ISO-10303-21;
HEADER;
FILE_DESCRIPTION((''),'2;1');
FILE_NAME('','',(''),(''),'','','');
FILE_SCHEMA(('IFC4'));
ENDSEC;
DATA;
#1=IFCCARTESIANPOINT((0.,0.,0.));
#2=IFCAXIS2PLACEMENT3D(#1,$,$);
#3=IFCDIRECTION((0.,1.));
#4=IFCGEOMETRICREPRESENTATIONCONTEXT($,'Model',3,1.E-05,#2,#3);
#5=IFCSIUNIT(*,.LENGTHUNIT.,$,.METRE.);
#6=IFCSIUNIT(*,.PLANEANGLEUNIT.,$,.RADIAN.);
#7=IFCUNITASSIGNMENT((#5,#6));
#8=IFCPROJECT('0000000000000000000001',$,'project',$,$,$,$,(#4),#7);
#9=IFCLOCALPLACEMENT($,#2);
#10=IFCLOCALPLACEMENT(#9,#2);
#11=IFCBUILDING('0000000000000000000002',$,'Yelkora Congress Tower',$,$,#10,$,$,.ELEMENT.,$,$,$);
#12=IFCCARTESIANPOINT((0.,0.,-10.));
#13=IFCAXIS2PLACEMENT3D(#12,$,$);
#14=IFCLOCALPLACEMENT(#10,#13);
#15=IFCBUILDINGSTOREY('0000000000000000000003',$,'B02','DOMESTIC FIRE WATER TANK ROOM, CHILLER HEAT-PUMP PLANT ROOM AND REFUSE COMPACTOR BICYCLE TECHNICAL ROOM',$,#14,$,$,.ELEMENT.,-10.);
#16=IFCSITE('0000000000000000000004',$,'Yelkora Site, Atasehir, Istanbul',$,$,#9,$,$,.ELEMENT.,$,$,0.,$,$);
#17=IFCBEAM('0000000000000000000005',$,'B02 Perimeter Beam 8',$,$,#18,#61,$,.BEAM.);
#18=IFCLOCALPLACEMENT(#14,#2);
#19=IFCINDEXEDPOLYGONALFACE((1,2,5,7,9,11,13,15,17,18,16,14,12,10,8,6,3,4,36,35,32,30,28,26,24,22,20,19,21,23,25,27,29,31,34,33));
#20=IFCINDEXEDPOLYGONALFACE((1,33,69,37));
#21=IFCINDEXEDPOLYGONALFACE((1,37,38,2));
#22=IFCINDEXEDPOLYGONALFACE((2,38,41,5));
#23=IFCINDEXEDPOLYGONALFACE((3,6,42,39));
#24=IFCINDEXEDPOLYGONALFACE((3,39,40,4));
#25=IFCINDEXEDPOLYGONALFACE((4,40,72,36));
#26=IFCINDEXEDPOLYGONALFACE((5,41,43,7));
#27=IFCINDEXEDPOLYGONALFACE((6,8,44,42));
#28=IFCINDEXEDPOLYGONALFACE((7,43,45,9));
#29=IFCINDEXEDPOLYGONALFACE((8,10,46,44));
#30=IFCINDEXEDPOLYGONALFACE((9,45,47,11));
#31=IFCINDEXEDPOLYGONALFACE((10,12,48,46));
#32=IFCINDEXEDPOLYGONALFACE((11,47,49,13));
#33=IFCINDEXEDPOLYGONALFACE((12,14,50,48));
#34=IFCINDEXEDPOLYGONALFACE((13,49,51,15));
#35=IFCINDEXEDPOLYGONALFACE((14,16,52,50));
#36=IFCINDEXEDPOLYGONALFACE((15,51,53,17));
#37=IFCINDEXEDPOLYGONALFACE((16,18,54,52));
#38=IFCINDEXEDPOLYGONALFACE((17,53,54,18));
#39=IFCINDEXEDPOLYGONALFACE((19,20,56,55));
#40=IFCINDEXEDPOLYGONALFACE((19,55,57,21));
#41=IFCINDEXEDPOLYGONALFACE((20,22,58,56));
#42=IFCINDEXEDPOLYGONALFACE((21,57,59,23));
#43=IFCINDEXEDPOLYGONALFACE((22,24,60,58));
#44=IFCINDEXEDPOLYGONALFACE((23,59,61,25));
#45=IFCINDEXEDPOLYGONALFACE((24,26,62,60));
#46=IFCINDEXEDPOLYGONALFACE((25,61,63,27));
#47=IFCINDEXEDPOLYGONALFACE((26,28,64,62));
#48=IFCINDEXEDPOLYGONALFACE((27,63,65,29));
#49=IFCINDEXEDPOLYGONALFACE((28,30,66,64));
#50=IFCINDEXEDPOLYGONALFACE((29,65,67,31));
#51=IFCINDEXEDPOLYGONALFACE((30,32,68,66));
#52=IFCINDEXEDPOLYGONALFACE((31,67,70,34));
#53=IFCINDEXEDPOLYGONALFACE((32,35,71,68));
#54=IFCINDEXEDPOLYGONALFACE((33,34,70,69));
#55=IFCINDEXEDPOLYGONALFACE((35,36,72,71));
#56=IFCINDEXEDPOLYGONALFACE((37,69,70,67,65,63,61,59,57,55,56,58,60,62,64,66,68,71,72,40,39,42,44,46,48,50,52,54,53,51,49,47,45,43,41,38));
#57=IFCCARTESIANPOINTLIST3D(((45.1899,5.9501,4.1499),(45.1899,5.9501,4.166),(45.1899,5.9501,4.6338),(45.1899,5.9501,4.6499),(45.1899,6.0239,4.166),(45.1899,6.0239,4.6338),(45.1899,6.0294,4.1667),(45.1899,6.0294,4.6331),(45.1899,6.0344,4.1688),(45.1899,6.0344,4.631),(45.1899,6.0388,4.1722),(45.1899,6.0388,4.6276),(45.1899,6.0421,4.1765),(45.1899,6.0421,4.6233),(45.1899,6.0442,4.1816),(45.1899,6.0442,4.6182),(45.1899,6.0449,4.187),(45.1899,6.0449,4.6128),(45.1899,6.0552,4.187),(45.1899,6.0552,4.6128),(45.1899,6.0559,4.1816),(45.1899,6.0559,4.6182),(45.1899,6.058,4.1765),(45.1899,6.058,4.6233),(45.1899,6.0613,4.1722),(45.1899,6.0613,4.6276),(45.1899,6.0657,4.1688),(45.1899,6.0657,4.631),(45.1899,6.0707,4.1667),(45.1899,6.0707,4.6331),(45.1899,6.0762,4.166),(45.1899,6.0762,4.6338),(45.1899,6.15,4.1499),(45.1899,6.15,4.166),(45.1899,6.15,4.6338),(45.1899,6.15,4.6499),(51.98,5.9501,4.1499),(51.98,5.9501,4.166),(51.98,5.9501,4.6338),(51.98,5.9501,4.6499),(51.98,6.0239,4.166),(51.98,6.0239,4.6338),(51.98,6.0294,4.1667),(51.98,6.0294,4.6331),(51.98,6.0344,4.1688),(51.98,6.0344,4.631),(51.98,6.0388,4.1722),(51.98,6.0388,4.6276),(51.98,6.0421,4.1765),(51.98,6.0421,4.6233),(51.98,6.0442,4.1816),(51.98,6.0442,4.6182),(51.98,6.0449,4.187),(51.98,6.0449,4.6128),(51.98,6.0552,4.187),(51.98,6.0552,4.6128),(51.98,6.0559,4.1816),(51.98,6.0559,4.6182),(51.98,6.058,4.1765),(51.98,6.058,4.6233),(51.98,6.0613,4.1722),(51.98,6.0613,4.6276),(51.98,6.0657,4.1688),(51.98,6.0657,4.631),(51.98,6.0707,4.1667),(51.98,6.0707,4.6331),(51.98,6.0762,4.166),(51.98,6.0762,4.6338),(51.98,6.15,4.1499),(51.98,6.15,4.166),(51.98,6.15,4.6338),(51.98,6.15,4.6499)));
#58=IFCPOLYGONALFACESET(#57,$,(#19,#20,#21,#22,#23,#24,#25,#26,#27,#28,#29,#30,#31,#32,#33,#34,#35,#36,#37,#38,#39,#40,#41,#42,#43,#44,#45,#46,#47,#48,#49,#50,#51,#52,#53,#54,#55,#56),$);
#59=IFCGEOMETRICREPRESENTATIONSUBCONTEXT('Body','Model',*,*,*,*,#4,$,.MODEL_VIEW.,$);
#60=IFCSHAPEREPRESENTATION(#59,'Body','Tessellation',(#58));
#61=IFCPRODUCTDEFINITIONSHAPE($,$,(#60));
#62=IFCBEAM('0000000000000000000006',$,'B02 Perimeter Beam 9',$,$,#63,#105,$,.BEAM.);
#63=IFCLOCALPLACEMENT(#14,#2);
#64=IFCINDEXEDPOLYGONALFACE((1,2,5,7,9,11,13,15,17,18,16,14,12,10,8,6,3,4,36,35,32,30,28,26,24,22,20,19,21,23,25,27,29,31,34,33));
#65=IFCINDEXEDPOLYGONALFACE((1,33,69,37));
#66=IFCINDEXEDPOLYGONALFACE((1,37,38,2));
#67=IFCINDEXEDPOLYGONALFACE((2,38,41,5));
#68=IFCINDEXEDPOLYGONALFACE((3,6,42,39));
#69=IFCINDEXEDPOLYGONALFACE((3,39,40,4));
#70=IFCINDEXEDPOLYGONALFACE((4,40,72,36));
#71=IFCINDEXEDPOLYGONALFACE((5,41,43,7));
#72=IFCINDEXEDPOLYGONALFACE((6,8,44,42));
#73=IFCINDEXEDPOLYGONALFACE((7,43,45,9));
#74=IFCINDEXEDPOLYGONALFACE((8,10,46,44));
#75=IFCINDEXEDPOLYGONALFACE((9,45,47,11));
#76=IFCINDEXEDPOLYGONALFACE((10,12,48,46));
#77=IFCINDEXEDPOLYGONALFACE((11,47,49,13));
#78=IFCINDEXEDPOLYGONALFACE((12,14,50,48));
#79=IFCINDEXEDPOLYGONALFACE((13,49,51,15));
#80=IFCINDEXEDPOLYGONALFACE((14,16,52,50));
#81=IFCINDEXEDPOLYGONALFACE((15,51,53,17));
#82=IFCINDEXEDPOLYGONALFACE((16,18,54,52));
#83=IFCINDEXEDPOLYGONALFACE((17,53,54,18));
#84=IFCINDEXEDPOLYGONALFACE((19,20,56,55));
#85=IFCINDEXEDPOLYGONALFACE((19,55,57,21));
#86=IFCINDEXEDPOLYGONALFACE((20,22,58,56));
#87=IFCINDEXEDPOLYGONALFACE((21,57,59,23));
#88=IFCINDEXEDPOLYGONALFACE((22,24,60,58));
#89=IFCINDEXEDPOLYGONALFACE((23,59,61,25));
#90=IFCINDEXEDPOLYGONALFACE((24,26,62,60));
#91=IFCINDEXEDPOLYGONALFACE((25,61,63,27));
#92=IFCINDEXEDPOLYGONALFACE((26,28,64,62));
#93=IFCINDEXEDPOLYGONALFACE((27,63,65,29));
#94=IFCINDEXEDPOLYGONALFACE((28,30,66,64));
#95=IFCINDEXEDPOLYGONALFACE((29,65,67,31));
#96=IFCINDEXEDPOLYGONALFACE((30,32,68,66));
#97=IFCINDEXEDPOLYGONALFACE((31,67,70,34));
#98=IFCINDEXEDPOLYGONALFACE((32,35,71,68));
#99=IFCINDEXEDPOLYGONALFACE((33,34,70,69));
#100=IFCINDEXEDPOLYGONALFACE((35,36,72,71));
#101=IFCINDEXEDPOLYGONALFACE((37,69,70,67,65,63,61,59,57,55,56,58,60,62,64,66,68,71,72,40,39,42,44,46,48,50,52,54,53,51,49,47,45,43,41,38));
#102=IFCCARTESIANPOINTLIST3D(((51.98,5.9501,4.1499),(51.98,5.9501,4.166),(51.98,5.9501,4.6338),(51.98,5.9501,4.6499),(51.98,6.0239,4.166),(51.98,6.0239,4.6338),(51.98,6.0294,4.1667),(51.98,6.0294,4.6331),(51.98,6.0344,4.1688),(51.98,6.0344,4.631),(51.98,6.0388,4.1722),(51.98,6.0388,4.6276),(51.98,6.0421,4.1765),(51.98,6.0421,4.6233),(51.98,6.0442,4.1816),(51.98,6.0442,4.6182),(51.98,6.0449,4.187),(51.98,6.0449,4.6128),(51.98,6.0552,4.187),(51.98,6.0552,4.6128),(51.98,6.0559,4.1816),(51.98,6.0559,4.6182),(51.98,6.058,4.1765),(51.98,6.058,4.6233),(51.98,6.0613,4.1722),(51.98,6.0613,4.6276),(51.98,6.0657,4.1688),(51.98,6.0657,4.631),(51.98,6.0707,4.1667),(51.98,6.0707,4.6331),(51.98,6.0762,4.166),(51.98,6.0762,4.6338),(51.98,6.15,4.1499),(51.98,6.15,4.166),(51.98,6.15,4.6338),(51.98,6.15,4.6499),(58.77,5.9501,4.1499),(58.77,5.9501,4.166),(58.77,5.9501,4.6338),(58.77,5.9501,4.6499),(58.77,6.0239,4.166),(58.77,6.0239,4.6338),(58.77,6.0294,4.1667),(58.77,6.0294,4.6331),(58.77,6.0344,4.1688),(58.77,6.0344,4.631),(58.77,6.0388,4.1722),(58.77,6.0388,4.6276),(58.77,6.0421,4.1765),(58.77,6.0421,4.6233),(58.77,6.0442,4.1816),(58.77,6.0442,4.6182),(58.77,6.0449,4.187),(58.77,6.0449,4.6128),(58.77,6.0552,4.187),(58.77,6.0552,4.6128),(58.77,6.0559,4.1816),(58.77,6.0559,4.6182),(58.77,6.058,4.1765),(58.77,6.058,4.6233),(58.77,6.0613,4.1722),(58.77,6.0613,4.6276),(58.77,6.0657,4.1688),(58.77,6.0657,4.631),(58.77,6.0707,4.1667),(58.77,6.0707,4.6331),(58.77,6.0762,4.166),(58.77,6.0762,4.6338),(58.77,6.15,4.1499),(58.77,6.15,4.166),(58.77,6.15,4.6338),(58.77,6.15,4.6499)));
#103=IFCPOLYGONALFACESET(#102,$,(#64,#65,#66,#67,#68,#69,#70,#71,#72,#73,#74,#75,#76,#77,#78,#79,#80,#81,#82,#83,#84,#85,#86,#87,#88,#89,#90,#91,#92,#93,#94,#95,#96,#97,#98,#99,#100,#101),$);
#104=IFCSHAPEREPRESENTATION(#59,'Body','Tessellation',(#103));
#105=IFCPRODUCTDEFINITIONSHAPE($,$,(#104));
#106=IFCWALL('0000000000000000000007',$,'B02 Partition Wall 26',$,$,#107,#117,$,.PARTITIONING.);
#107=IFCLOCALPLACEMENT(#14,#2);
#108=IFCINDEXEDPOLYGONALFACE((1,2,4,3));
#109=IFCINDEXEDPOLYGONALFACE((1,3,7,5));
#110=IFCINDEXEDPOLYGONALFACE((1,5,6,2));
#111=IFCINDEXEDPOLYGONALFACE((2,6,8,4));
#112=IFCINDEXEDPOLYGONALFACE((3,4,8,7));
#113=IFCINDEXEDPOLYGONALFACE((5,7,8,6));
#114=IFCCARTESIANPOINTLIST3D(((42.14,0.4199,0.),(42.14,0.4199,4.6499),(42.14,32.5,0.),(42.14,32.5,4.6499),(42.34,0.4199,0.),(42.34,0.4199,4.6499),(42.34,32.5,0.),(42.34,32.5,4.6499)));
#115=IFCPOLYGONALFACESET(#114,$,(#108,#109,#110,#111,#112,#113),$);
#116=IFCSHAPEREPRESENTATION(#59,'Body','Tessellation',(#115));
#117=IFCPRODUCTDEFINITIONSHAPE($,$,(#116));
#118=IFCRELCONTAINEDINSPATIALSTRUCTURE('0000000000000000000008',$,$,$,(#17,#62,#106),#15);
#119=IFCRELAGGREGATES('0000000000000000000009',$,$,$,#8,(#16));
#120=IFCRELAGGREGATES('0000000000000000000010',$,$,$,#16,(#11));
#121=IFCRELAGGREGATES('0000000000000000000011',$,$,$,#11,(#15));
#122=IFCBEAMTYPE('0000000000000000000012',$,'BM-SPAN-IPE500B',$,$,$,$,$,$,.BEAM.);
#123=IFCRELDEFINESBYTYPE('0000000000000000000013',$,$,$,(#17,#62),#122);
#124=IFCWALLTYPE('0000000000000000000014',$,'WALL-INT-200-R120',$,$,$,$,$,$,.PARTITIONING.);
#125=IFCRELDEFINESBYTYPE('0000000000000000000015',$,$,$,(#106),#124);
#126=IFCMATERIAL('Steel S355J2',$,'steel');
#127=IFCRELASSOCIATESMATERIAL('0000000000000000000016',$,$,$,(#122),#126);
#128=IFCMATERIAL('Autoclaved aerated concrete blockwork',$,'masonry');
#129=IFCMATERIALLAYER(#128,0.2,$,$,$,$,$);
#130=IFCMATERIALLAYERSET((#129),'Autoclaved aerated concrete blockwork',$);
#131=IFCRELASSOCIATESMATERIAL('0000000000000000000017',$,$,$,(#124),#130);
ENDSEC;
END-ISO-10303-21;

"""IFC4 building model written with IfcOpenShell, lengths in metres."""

from ifc_helpers import new_model, si_unit, direction, frame, frame_2d, origin, origin_2d, place, context, subcontext, project, spatial, rectangle, i_section, extrude, material, layer, layer_set, material_profile, profile_set, type_object, element, save


model = new_model("IFC4")

# Units and contexts
model_context = context("Model", 3, precision=1e-05, world=origin(), true_north=direction((0.0, 1.0)))
body_context = subcontext(model_context, "Body", "Model", "MODEL_VIEW")
ifc_project = project(units=[si_unit("LENGTHUNIT", "METRE"), si_unit("PLANEANGLEUNIT", "RADIAN")], contexts=[model_context])

# Site, building, storey
site_placement = place(None, origin())
site = spatial("IfcSite", under=ifc_project, at=site_placement, Name="Yelkora Site, Atasehir, Istanbul", CompositionType="ELEMENT", RefElevation=0.0)
building_placement = place(site_placement, origin())
building = spatial("IfcBuilding", under=site, at=building_placement, Name="Yelkora Congress Tower", CompositionType="ELEMENT")
storey_placement = place(building_placement, frame((0.0, 0.0, -10.0)))
storey = spatial("IfcBuildingStorey", under=building, at=storey_placement, Name="B02", Description="DOMESTIC FIRE WATER TANK ROOM, CHILLER HEAT-PUMP PLANT ROOM AND REFUSE COMPACTOR BICYCLE TECHNICAL ROOM", CompositionType="ELEMENT", Elevation=-10.0)

# Beams
ifc_material_1 = material(Name="Steel S355J2", Category="steel")
ifc_material_profile_1 = material_profile(ifc_material_1, i_section(OverallWidth=0.2, OverallDepth=0.5, WebThickness=0.0103, FlangeThickness=0.0161, FilletRadius=0.021, at=origin_2d()), Name="IPE 500")
ifc_profile_set_1 = profile_set([ifc_material_profile_1], Name="Steel S355J2")
beam_type_1 = type_object("IfcBeamType", Name="BM-SPAN-IPE500B", PredefinedType="BEAM", material=ifc_profile_set_1)
for number, where, z_axis, x_axis, name in (
    (1, (45.1899, 6.05, 4.3999), (1.0, 0.0, 0.0), (0.0, 1.0, 0.0), "B02 Perimeter Beam 8"),
    (2, (51.98, 6.05, 4.3999), (1.0, 0.0, 0.0), (0.0, 1.0, 0.0), "B02 Perimeter Beam 9"),
):
    element("IfcBeam", number, at=place(storey_placement, frame(where, z_axis=z_axis, x_axis=x_axis)), inside=storey, type_object=beam_type_1, Name=name, PredefinedType="BEAM", context=body_context, shape_type="SweptSolid", body=[
        extrude(i_section(OverallWidth=0.2, OverallDepth=0.5, WebThickness=0.0103, FlangeThickness=0.0161, FilletRadius=0.021, at=origin_2d()), origin(), (0.0, 0.0, 1.0), 6.79),
    ])

# Wall
ifc_material_2 = material(Name="Autoclaved aerated concrete blockwork", Category="masonry")
ifc_layer = layer(ifc_material_2, 0.2)
ifc_layer_set = layer_set([ifc_layer], Name="Autoclaved aerated concrete blockwork")
wall_type = type_object("IfcWallType", Name="WALL-INT-200-R120", PredefinedType="PARTITIONING", material=ifc_layer_set)
wall_placement = place(storey_placement, frame((42.24, 0.4199, 0.0), z_axis=(0.0, 0.0, 1.0), x_axis=(0.0, 1.0, 0.0)))
element("IfcWall", 3, at=wall_placement, inside=storey, type_object=wall_type, Name="B02 Partition Wall 26", PredefinedType="PARTITIONING", context=body_context, shape_type="SweptSolid", body=[
    extrude(rectangle(XDim=32.0801, YDim=0.2, at=frame_2d((16.04, 0.0))), origin(), (0.0, 0.0, 1.0), 4.6499),
])

save(model, "model.ifc")
